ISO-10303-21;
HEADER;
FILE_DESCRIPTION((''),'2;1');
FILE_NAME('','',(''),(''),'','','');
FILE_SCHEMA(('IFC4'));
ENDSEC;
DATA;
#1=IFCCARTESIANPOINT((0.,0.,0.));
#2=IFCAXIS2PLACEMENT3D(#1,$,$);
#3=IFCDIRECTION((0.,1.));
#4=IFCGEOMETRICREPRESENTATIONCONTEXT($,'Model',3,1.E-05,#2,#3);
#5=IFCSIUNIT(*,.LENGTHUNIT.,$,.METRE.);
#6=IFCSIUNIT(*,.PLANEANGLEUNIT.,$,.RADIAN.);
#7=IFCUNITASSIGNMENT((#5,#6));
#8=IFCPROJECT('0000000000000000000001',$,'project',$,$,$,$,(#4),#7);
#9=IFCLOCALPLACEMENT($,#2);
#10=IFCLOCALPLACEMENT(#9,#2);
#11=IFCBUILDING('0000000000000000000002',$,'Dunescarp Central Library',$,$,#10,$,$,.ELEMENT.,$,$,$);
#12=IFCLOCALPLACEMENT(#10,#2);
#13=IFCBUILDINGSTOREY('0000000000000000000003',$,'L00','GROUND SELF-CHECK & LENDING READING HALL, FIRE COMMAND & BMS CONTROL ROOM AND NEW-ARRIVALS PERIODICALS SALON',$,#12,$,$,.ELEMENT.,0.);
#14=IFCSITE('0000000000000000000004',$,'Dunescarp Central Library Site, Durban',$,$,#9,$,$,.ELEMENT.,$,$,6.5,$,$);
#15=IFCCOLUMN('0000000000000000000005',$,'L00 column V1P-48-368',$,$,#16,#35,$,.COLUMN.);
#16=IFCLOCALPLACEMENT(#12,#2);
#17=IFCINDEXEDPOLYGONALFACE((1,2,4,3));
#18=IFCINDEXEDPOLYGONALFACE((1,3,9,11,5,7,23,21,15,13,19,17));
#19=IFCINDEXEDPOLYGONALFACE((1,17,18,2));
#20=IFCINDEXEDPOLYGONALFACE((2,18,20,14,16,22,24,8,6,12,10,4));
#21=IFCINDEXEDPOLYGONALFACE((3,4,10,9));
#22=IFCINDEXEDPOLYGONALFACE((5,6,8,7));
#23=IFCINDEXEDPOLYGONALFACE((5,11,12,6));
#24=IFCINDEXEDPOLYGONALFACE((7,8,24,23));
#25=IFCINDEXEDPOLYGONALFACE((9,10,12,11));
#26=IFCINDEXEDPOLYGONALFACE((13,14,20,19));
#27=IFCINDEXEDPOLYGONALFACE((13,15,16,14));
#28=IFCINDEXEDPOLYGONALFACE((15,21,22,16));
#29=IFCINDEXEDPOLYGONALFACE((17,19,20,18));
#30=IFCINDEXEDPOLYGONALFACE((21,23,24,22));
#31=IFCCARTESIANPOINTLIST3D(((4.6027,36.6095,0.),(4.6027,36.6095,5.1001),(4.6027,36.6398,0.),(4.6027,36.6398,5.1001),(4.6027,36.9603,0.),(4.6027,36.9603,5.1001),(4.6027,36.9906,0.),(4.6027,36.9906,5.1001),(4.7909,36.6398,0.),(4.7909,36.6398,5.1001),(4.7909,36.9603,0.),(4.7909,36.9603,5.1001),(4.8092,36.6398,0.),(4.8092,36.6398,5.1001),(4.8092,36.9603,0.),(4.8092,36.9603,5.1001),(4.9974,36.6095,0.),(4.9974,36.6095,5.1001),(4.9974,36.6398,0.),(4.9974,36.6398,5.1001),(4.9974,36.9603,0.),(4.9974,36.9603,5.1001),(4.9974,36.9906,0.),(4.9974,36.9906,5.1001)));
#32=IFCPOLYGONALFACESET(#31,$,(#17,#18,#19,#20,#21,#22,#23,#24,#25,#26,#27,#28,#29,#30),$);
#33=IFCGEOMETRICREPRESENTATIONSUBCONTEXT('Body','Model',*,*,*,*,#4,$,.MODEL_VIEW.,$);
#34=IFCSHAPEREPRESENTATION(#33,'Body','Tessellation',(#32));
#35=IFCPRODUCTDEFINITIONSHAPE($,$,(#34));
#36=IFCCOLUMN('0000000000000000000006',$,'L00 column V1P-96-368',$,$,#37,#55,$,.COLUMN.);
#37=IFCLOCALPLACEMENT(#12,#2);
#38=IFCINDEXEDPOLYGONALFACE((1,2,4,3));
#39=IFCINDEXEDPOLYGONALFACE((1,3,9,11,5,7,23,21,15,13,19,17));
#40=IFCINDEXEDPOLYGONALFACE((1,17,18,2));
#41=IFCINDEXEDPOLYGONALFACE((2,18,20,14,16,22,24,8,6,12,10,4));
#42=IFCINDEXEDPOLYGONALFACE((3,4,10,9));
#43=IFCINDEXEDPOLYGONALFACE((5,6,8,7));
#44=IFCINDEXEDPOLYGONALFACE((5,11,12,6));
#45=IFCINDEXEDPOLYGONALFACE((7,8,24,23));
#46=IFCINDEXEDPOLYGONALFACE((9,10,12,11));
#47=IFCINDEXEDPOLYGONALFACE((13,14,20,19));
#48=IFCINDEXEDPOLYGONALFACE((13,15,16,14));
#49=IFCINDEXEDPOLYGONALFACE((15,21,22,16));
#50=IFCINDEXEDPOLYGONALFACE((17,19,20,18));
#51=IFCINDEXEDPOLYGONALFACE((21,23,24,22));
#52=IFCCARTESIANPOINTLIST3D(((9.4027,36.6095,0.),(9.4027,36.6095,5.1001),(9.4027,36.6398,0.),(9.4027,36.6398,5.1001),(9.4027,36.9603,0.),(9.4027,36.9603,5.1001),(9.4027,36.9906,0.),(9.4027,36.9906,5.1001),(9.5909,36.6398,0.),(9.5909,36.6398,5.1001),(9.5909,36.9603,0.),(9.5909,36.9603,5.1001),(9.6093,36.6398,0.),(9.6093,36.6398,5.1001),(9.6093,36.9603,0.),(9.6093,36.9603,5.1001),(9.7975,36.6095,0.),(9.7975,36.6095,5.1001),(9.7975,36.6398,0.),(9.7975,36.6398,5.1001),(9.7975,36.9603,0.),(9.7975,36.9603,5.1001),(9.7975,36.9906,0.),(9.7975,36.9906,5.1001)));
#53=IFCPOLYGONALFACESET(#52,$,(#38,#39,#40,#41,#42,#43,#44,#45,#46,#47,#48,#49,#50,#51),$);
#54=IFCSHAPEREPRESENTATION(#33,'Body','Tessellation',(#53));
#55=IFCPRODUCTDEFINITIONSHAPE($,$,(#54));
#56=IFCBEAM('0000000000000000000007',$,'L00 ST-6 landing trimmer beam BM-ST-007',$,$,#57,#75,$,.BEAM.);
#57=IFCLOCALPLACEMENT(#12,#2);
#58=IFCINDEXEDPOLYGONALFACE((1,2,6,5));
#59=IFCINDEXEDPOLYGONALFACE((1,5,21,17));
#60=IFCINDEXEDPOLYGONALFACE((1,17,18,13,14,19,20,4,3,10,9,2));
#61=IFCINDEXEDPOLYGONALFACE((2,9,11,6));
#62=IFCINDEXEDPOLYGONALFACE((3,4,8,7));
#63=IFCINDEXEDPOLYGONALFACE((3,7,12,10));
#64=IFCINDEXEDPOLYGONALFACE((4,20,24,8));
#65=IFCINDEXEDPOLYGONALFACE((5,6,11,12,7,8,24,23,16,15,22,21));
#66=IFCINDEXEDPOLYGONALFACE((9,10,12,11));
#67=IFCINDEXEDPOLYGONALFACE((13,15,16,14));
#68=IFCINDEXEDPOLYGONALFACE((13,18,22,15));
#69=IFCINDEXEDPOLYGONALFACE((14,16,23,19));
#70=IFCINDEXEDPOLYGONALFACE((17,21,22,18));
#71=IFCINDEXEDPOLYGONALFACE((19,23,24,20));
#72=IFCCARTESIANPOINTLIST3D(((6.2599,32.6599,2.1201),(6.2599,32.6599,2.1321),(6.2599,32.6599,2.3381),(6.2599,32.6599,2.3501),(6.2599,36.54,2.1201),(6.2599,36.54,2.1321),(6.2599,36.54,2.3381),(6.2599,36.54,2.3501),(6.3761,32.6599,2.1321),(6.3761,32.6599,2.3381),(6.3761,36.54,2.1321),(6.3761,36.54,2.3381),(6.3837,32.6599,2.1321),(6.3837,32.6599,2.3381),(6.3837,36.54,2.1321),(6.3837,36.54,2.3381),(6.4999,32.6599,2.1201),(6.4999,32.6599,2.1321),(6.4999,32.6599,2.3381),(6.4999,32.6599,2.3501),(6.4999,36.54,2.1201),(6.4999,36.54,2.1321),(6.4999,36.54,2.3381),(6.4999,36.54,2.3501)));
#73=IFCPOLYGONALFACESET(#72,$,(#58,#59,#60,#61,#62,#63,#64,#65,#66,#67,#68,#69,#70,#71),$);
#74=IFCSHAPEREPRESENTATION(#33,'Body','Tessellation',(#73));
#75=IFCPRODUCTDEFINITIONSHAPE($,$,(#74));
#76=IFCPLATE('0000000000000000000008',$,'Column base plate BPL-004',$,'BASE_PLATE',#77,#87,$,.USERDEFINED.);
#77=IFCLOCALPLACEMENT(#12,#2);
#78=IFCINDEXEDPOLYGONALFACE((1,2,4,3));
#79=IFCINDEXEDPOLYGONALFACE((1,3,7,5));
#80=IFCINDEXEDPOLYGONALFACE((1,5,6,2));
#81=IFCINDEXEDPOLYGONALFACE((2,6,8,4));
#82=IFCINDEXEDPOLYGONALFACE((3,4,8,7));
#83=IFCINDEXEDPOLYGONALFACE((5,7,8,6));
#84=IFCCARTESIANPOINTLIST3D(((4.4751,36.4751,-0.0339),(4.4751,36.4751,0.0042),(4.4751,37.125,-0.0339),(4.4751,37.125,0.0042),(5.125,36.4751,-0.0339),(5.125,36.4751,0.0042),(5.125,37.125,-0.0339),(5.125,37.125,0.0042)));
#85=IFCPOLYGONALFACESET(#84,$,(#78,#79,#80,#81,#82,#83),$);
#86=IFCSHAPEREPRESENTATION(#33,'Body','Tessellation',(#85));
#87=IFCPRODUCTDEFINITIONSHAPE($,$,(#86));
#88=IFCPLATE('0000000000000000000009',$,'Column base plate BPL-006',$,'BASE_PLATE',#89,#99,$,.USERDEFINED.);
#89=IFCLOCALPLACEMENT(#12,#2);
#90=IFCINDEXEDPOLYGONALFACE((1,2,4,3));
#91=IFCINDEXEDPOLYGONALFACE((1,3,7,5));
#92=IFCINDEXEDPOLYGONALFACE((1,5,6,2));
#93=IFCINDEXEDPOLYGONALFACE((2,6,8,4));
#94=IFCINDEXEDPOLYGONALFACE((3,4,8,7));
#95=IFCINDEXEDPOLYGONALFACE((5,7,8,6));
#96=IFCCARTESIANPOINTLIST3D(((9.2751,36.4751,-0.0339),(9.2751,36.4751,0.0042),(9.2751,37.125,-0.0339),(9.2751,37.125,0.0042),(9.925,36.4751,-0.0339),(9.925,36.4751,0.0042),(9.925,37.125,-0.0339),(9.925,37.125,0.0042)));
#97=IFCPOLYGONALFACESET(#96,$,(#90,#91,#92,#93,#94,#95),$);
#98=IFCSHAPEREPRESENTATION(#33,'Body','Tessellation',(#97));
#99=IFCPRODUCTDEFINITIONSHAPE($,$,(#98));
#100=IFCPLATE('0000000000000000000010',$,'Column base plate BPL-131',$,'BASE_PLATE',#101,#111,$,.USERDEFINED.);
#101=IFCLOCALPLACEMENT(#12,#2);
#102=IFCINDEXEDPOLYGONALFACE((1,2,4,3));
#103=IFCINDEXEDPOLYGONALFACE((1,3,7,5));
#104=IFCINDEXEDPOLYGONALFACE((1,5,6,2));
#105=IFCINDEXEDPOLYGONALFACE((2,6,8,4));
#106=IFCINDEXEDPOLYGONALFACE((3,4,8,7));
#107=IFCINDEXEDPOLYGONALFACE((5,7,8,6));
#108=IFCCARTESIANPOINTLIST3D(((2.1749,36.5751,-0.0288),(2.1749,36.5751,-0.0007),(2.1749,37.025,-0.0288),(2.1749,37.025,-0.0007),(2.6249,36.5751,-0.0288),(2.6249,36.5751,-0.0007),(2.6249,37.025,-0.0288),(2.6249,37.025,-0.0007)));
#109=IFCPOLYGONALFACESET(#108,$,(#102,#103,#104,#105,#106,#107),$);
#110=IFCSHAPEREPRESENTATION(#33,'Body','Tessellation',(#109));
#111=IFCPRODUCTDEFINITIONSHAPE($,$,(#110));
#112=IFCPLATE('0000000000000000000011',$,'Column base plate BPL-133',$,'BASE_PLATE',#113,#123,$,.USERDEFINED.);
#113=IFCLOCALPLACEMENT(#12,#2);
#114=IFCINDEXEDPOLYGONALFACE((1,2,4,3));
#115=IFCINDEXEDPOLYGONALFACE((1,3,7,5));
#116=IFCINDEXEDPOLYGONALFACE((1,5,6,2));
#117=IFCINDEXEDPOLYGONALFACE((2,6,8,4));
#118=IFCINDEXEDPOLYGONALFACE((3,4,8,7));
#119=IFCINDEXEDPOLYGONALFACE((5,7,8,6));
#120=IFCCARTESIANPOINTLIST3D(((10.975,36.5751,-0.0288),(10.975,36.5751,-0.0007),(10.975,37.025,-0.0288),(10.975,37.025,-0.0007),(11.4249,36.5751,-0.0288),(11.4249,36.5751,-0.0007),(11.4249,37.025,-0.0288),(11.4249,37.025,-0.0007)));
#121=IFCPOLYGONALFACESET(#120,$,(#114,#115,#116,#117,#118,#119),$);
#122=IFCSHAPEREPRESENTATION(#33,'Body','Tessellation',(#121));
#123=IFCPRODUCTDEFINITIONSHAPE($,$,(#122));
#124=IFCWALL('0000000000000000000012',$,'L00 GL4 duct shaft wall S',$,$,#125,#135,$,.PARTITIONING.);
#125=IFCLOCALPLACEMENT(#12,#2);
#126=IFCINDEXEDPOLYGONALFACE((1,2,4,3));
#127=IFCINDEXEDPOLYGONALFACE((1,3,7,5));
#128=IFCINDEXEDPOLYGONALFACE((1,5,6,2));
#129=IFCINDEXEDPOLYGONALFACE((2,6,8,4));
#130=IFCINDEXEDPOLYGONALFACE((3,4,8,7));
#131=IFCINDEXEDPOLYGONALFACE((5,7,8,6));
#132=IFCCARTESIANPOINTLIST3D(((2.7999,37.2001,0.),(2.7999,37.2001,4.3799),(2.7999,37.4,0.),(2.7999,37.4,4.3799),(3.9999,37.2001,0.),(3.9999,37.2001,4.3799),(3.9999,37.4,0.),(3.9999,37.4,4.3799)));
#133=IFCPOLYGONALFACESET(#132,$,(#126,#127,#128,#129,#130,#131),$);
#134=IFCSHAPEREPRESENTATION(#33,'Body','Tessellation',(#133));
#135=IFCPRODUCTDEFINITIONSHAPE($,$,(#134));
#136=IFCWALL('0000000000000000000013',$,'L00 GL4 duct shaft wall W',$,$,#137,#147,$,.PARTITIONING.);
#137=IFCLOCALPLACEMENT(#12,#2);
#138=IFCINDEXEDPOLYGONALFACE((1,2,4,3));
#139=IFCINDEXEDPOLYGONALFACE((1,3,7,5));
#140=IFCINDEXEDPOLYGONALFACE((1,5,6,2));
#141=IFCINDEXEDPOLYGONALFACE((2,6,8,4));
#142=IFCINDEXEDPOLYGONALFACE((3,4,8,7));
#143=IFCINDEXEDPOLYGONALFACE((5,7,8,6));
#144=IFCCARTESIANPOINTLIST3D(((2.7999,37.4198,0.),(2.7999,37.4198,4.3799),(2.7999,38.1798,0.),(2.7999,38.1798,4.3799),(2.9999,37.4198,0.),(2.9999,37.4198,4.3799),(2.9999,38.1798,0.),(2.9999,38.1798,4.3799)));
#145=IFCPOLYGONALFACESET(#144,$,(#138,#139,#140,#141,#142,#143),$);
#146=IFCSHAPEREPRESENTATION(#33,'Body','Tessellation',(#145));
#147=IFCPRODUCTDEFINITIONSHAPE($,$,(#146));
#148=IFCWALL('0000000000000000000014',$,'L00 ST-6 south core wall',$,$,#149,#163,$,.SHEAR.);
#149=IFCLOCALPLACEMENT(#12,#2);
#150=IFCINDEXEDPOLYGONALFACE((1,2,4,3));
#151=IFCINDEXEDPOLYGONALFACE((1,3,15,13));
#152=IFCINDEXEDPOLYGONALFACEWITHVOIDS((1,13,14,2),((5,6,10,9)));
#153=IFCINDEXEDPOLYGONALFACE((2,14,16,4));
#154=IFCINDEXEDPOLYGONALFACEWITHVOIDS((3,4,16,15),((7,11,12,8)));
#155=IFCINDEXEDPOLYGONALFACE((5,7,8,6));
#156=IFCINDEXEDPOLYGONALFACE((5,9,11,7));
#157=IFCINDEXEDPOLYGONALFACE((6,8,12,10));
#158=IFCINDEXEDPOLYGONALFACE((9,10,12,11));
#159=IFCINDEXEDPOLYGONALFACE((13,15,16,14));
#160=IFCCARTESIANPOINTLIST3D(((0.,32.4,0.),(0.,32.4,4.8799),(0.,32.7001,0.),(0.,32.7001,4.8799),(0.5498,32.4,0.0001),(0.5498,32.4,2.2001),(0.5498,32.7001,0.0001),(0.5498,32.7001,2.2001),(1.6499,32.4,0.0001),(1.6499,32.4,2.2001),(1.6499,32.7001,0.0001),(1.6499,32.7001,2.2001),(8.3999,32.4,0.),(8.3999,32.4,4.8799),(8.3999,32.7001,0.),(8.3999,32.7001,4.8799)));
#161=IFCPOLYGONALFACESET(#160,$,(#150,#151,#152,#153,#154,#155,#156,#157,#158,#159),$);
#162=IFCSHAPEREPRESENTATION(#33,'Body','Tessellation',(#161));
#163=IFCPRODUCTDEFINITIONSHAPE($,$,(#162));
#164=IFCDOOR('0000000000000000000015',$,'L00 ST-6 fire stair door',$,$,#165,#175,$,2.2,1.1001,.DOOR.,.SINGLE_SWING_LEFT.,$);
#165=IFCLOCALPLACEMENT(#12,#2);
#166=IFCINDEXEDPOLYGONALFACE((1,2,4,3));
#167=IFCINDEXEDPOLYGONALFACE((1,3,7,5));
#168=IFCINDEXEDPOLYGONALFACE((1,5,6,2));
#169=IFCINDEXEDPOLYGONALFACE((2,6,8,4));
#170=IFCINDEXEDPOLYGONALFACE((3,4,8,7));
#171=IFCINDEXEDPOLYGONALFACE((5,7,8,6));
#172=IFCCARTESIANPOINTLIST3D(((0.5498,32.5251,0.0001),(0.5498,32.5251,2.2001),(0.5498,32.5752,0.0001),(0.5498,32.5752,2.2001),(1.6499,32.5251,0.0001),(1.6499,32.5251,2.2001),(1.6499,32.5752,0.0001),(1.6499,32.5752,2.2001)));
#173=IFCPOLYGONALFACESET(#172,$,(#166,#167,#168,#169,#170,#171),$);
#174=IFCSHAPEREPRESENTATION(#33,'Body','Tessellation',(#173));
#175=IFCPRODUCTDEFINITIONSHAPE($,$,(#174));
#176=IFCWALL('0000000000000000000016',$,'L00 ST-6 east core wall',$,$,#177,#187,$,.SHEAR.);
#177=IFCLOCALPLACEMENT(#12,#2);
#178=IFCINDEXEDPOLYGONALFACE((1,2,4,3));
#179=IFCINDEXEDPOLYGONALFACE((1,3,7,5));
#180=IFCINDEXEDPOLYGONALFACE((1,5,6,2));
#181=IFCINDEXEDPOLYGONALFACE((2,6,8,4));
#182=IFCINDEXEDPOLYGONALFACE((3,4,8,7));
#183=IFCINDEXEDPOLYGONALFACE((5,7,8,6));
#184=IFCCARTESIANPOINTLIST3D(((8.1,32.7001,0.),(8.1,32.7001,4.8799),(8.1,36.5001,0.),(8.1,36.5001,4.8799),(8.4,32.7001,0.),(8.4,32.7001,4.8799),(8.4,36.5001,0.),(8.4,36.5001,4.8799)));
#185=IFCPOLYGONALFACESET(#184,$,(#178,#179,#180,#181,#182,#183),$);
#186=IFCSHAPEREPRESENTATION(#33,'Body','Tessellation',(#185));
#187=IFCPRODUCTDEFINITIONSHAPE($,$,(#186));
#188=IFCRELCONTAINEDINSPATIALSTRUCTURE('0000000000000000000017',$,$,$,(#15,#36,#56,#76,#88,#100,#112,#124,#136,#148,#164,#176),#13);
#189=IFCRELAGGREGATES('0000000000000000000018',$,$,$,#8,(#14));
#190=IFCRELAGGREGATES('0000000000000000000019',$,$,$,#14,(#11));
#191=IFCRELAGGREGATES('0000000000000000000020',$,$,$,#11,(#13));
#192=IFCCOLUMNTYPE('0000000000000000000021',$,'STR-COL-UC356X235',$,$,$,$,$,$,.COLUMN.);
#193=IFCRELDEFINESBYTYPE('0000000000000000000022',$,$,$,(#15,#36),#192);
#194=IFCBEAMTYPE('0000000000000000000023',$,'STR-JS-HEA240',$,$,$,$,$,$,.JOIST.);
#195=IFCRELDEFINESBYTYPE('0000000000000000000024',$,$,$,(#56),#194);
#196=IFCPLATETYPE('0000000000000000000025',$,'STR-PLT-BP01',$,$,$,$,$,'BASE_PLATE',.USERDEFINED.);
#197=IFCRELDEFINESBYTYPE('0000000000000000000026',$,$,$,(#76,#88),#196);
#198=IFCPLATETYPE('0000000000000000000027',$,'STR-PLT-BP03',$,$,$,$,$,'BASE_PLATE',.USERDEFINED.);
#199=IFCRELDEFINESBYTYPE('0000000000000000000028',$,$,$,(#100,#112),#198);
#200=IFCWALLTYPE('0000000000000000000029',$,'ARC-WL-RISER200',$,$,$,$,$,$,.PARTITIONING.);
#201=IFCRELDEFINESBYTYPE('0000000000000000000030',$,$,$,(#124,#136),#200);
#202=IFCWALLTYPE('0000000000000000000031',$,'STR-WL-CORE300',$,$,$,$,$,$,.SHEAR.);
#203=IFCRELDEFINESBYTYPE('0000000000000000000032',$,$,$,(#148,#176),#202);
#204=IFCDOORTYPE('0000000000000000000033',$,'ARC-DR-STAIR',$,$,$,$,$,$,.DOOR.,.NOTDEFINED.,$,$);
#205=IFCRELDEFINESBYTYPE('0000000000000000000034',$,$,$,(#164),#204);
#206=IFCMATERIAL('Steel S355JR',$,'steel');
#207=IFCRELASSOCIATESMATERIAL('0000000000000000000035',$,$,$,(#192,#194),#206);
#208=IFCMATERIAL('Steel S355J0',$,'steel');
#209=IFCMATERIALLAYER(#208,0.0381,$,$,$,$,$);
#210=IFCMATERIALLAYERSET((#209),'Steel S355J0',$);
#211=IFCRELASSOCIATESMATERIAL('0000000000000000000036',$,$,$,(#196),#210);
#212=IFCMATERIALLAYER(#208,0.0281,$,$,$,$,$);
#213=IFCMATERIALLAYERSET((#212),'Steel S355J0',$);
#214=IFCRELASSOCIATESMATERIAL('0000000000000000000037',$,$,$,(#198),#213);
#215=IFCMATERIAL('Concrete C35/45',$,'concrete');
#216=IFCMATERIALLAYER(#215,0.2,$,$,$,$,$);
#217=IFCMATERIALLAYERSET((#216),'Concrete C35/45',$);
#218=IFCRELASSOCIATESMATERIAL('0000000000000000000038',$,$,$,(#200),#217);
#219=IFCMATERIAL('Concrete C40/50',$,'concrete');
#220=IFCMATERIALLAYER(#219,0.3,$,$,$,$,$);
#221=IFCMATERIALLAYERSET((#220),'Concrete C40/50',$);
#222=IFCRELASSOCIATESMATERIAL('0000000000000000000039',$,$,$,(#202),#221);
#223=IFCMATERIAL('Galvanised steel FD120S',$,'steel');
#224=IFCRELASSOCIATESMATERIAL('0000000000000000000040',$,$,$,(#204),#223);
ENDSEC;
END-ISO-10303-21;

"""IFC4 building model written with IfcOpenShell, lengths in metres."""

from ifc_helpers import new_model, si_unit, direction, frame, frame_2d, origin, origin_2d, place, context, subcontext, project, spatial, rectangle, i_section, extrude, material, layer, layer_set, material_profile, profile_set, type_object, element, fill, save


model = new_model("IFC4")

# Units and contexts
model_context = context("Model", 3, precision=1e-05, world=origin(), true_north=direction((0.0, 1.0)))
body_context = subcontext(model_context, "Body", "Model", "MODEL_VIEW")
ifc_project = project(units=[si_unit("LENGTHUNIT", "METRE"), si_unit("PLANEANGLEUNIT", "RADIAN")], contexts=[model_context])

# Site, building, storey
site_placement = place(None, origin())
site = spatial("IfcSite", under=ifc_project, at=site_placement, Name="Dunescarp Central Library Site, Durban", CompositionType="ELEMENT", RefElevation=6.5)
building_placement = place(site_placement, origin())
building = spatial("IfcBuilding", under=site, at=building_placement, Name="Dunescarp Central Library", CompositionType="ELEMENT")
storey_placement = place(building_placement, origin())
storey = spatial("IfcBuildingStorey", under=building, at=storey_placement, Name="L00", Description="GROUND SELF-CHECK & LENDING READING HALL, FIRE COMMAND & BMS CONTROL ROOM AND NEW-ARRIVALS PERIODICALS SALON", CompositionType="ELEMENT", Elevation=0.0)

# Shared definitions
ifc_material_1 = material(Name="Concrete C40/50", Category="concrete")

# Columns
ifc_material_2 = material(Name="Steel S355JR", Category="steel")
ifc_material_profile_1 = material_profile(ifc_material_2, i_section(OverallWidth=0.3948, OverallDepth=0.3811, WebThickness=0.0183, FlangeThickness=0.0303, at=origin_2d()), Name="UC 356x406x235")
ifc_profile_set_1 = profile_set([ifc_material_profile_1], Name="Steel S355JR")
column_type_1 = type_object("IfcColumnType", Name="STR-COL-UC356X235", PredefinedType="COLUMN", material=ifc_profile_set_1)
for number, where, z_axis, x_axis, name in (
    (1, (4.8, 36.8, 0.0), (0.0, 0.0, 1.0), (1.0, 0.0, 0.0), "L00 column V1P-48-368"),
    (2, (9.6001, 36.8, 0.0), (0.0, 0.0, 1.0), (1.0, 0.0, 0.0), "L00 column V1P-96-368"),
):
    element("IfcColumn", number, at=place(storey_placement, frame(where, z_axis=z_axis, x_axis=x_axis)), inside=storey, type_object=column_type_1, Name=name, PredefinedType="COLUMN", context=body_context, shape_type="SweptSolid", body=[
        extrude(i_section(OverallWidth=0.3948, OverallDepth=0.3811, WebThickness=0.0183, FlangeThickness=0.0303, at=origin_2d()), origin(), (0.0, 0.0, 1.0), 5.1001),
    ])

# Beam
ifc_material_profile_2 = material_profile(ifc_material_2, i_section(OverallWidth=0.24, OverallDepth=0.23, WebThickness=0.0076, FlangeThickness=0.012, at=origin_2d()), Name="HEA 240")
ifc_profile_set_2 = profile_set([ifc_material_profile_2], Name="Steel S355JR")
beam_type = type_object("IfcBeamType", Name="STR-JS-HEA240", PredefinedType="JOIST", material=ifc_profile_set_2)
beam_placement = place(storey_placement, frame((6.3799, 32.6599, 2.2351), z_axis=(0.0, 1.0, 0.0), x_axis=(-1.0, 0.0, 0.0)))
element("IfcBeam", 3, at=beam_placement, inside=storey, type_object=beam_type, Name="L00 ST-6 landing trimmer beam BM-ST-007", PredefinedType="BEAM", context=body_context, shape_type="SweptSolid", body=[
    extrude(i_section(OverallWidth=0.24, OverallDepth=0.23, WebThickness=0.0076, FlangeThickness=0.012, at=origin_2d()), origin(), (0.0, 0.0, 1.0), 3.8801),
])

# Plates
ifc_material_3 = material(Name="Steel S355J0", Category="steel")
ifc_layer_1 = layer(ifc_material_3, 0.0381)
ifc_layer_set_1 = layer_set([ifc_layer_1], Name="Steel S355J0")
plate_type_1 = type_object("IfcPlateType", Name="STR-PLT-BP01", ElementType="BASE_PLATE", PredefinedType="USERDEFINED", material=ifc_layer_set_1)
for number, where, z_axis, x_axis, name in (
    (4, (4.8, 36.8, -0.0339), (0.0, 0.0, 1.0), (1.0, 0.0, 0.0), "Column base plate BPL-004"),
    (5, (9.6001, 36.8, -0.0339), (0.0, 0.0, 1.0), (1.0, 0.0, 0.0), "Column base plate BPL-006"),
):
    element("IfcPlate", number, at=place(storey_placement, frame(where, z_axis=z_axis, x_axis=x_axis)), inside=storey, type_object=plate_type_1, Name=name, ObjectType="BASE_PLATE", PredefinedType="USERDEFINED", context=body_context, shape_type="SweptSolid", body=[
        extrude(rectangle(XDim=0.6499, YDim=0.6499, at=origin_2d()), origin(), (0.0, 0.0, 1.0), 0.0381),
    ])
ifc_layer_2 = layer(ifc_material_3, 0.0281)
ifc_layer_set_2 = layer_set([ifc_layer_2], Name="Steel S355J0")
plate_type_2 = type_object("IfcPlateType", Name="STR-PLT-BP03", ElementType="BASE_PLATE", PredefinedType="USERDEFINED", material=ifc_layer_set_2)
for number, where, z_axis, x_axis, name in (
    (6, (2.3999, 36.8, -0.0288), (0.0, 0.0, 1.0), (1.0, 0.0, 0.0), "Column base plate BPL-131"),
    (7, (11.2, 36.8, -0.0288), (0.0, 0.0, 1.0), (1.0, 0.0, 0.0), "Column base plate BPL-133"),
):
    element("IfcPlate", number, at=place(storey_placement, frame(where, z_axis=z_axis, x_axis=x_axis)), inside=storey, type_object=plate_type_2, Name=name, ObjectType="BASE_PLATE", PredefinedType="USERDEFINED", context=body_context, shape_type="SweptSolid", body=[
        extrude(rectangle(XDim=0.45, YDim=0.45, at=origin_2d()), origin(), (0.0, 0.0, 1.0), 0.0281),
    ])

# Walls
ifc_material_4 = material(Name="Concrete C35/45", Category="concrete")
ifc_layer_3 = layer(ifc_material_4, 0.2)
ifc_layer_set_3 = layer_set([ifc_layer_3], Name="Concrete C35/45")
wall_type_1 = type_object("IfcWallType", Name="ARC-WL-RISER200", PredefinedType="PARTITIONING", material=ifc_layer_set_3)
wall_1_placement = place(storey_placement, frame((4.0, 37.3, 0.0), z_axis=(0.0, 0.0, 1.0), x_axis=(-1.0, 0.0, 0.0)))
element("IfcWall", 8, at=wall_1_placement, inside=storey, type_object=wall_type_1, Name="L00 GL4 duct shaft wall S", PredefinedType="PARTITIONING", context=body_context, shape_type="SweptSolid", body=[
    extrude(rectangle(XDim=1.2, YDim=0.2, at=frame_2d((0.6001, 0.0))), origin(), (0.0, 0.0, 1.0), 4.3799),
])
wall_2_placement = place(storey_placement, frame((2.8999, 37.4199, 0.0), z_axis=(0.0, 0.0, 1.0), x_axis=(0.0, 1.0, 0.0)))
element("IfcWall", 9, at=wall_2_placement, inside=storey, type_object=wall_type_1, Name="L00 GL4 duct shaft wall W", PredefinedType="PARTITIONING", context=body_context, shape_type="SweptSolid", body=[
    extrude(rectangle(XDim=0.76, YDim=0.2, at=frame_2d((0.3799, 0.0))), origin(), (0.0, 0.0, 1.0), 4.3799),
])

# Wall, opening, door
ifc_layer_4 = layer(ifc_material_1, 0.3)
ifc_layer_set_4 = layer_set([ifc_layer_4], Name="Concrete C40/50")
wall_type_2 = type_object("IfcWallType", Name="STR-WL-CORE300", PredefinedType="SHEAR", material=ifc_layer_set_4)
wall_3_placement = place(storey_placement, frame((8.3999, 32.55, 0.0), z_axis=(0.0, 0.0, 1.0), x_axis=(-1.0, 0.0, 0.0)))
wall_3 = element("IfcWall", 10, at=wall_3_placement, inside=storey, type_object=wall_type_2, Name="L00 ST-6 south core wall", PredefinedType="SHEAR", context=body_context, shape_type="SweptSolid", body=[
    extrude(rectangle(XDim=8.3999, YDim=0.3, at=frame_2d((4.2, 0.0))), origin(), (0.0, 0.0, 1.0), 4.8799),
])
opening_1_placement = place(wall_3_placement, frame((6.75, 0.0, 0.0)))
opening_1 = element("IfcOpeningElement", 11, at=opening_1_placement, cuts=wall_3, PredefinedType="OPENING", context=body_context, shape_type="SweptSolid", body=[
    extrude(rectangle(XDim=1.1001, YDim=2.2, at=frame_2d((0.55, 1.1001))), frame((0.0, 0.1602, 0.0), z_axis=(0.0, -1.0, 0.0), x_axis=(1.0, 0.0, 0.0)), (0.0, 0.0, 1.0), 0.3201),
])
ifc_material_5 = material(Name="Galvanised steel FD120S", Category="steel")
door_type_1 = type_object("IfcDoorType", Name="ARC-DR-STAIR", OperationType="NOTDEFINED", PredefinedType="DOOR", material=ifc_material_5)
door_1_placement = place(opening_1_placement, origin())
door_1 = element("IfcDoor", 12, at=door_1_placement, inside=storey, type_object=door_type_1, Name="L00 ST-6 fire stair door", OperationType="SINGLE_SWING_LEFT", OverallHeight=2.2, OverallWidth=1.1001, PredefinedType="DOOR", context=body_context, shape_type="SweptSolid", body=[
    extrude(rectangle(XDim=1.1001, YDim=2.2, at=frame_2d((0.55, 1.1001))), frame((0.0, 0.0249, 0.0), z_axis=(0.0, -1.0, 0.0), x_axis=(1.0, 0.0, 0.0)), (0.0, 0.0, 1.0), 0.05),
])
fill(opening_1, door_1)

# Wall
wall_4_placement = place(storey_placement, frame((8.25, 36.5, 0.0), z_axis=(0.0, 0.0, 1.0), x_axis=(0.0, -1.0, 0.0)))
element("IfcWall", 13, at=wall_4_placement, inside=storey, type_object=wall_type_2, Name="L00 ST-6 east core wall", PredefinedType="SHEAR", context=body_context, shape_type="SweptSolid", body=[
    extrude(rectangle(XDim=3.8, YDim=0.3, at=frame_2d((1.8999, 0.0))), origin(), (0.0, 0.0, 1.0), 4.8799),
])

save(model, "model.ifc")
